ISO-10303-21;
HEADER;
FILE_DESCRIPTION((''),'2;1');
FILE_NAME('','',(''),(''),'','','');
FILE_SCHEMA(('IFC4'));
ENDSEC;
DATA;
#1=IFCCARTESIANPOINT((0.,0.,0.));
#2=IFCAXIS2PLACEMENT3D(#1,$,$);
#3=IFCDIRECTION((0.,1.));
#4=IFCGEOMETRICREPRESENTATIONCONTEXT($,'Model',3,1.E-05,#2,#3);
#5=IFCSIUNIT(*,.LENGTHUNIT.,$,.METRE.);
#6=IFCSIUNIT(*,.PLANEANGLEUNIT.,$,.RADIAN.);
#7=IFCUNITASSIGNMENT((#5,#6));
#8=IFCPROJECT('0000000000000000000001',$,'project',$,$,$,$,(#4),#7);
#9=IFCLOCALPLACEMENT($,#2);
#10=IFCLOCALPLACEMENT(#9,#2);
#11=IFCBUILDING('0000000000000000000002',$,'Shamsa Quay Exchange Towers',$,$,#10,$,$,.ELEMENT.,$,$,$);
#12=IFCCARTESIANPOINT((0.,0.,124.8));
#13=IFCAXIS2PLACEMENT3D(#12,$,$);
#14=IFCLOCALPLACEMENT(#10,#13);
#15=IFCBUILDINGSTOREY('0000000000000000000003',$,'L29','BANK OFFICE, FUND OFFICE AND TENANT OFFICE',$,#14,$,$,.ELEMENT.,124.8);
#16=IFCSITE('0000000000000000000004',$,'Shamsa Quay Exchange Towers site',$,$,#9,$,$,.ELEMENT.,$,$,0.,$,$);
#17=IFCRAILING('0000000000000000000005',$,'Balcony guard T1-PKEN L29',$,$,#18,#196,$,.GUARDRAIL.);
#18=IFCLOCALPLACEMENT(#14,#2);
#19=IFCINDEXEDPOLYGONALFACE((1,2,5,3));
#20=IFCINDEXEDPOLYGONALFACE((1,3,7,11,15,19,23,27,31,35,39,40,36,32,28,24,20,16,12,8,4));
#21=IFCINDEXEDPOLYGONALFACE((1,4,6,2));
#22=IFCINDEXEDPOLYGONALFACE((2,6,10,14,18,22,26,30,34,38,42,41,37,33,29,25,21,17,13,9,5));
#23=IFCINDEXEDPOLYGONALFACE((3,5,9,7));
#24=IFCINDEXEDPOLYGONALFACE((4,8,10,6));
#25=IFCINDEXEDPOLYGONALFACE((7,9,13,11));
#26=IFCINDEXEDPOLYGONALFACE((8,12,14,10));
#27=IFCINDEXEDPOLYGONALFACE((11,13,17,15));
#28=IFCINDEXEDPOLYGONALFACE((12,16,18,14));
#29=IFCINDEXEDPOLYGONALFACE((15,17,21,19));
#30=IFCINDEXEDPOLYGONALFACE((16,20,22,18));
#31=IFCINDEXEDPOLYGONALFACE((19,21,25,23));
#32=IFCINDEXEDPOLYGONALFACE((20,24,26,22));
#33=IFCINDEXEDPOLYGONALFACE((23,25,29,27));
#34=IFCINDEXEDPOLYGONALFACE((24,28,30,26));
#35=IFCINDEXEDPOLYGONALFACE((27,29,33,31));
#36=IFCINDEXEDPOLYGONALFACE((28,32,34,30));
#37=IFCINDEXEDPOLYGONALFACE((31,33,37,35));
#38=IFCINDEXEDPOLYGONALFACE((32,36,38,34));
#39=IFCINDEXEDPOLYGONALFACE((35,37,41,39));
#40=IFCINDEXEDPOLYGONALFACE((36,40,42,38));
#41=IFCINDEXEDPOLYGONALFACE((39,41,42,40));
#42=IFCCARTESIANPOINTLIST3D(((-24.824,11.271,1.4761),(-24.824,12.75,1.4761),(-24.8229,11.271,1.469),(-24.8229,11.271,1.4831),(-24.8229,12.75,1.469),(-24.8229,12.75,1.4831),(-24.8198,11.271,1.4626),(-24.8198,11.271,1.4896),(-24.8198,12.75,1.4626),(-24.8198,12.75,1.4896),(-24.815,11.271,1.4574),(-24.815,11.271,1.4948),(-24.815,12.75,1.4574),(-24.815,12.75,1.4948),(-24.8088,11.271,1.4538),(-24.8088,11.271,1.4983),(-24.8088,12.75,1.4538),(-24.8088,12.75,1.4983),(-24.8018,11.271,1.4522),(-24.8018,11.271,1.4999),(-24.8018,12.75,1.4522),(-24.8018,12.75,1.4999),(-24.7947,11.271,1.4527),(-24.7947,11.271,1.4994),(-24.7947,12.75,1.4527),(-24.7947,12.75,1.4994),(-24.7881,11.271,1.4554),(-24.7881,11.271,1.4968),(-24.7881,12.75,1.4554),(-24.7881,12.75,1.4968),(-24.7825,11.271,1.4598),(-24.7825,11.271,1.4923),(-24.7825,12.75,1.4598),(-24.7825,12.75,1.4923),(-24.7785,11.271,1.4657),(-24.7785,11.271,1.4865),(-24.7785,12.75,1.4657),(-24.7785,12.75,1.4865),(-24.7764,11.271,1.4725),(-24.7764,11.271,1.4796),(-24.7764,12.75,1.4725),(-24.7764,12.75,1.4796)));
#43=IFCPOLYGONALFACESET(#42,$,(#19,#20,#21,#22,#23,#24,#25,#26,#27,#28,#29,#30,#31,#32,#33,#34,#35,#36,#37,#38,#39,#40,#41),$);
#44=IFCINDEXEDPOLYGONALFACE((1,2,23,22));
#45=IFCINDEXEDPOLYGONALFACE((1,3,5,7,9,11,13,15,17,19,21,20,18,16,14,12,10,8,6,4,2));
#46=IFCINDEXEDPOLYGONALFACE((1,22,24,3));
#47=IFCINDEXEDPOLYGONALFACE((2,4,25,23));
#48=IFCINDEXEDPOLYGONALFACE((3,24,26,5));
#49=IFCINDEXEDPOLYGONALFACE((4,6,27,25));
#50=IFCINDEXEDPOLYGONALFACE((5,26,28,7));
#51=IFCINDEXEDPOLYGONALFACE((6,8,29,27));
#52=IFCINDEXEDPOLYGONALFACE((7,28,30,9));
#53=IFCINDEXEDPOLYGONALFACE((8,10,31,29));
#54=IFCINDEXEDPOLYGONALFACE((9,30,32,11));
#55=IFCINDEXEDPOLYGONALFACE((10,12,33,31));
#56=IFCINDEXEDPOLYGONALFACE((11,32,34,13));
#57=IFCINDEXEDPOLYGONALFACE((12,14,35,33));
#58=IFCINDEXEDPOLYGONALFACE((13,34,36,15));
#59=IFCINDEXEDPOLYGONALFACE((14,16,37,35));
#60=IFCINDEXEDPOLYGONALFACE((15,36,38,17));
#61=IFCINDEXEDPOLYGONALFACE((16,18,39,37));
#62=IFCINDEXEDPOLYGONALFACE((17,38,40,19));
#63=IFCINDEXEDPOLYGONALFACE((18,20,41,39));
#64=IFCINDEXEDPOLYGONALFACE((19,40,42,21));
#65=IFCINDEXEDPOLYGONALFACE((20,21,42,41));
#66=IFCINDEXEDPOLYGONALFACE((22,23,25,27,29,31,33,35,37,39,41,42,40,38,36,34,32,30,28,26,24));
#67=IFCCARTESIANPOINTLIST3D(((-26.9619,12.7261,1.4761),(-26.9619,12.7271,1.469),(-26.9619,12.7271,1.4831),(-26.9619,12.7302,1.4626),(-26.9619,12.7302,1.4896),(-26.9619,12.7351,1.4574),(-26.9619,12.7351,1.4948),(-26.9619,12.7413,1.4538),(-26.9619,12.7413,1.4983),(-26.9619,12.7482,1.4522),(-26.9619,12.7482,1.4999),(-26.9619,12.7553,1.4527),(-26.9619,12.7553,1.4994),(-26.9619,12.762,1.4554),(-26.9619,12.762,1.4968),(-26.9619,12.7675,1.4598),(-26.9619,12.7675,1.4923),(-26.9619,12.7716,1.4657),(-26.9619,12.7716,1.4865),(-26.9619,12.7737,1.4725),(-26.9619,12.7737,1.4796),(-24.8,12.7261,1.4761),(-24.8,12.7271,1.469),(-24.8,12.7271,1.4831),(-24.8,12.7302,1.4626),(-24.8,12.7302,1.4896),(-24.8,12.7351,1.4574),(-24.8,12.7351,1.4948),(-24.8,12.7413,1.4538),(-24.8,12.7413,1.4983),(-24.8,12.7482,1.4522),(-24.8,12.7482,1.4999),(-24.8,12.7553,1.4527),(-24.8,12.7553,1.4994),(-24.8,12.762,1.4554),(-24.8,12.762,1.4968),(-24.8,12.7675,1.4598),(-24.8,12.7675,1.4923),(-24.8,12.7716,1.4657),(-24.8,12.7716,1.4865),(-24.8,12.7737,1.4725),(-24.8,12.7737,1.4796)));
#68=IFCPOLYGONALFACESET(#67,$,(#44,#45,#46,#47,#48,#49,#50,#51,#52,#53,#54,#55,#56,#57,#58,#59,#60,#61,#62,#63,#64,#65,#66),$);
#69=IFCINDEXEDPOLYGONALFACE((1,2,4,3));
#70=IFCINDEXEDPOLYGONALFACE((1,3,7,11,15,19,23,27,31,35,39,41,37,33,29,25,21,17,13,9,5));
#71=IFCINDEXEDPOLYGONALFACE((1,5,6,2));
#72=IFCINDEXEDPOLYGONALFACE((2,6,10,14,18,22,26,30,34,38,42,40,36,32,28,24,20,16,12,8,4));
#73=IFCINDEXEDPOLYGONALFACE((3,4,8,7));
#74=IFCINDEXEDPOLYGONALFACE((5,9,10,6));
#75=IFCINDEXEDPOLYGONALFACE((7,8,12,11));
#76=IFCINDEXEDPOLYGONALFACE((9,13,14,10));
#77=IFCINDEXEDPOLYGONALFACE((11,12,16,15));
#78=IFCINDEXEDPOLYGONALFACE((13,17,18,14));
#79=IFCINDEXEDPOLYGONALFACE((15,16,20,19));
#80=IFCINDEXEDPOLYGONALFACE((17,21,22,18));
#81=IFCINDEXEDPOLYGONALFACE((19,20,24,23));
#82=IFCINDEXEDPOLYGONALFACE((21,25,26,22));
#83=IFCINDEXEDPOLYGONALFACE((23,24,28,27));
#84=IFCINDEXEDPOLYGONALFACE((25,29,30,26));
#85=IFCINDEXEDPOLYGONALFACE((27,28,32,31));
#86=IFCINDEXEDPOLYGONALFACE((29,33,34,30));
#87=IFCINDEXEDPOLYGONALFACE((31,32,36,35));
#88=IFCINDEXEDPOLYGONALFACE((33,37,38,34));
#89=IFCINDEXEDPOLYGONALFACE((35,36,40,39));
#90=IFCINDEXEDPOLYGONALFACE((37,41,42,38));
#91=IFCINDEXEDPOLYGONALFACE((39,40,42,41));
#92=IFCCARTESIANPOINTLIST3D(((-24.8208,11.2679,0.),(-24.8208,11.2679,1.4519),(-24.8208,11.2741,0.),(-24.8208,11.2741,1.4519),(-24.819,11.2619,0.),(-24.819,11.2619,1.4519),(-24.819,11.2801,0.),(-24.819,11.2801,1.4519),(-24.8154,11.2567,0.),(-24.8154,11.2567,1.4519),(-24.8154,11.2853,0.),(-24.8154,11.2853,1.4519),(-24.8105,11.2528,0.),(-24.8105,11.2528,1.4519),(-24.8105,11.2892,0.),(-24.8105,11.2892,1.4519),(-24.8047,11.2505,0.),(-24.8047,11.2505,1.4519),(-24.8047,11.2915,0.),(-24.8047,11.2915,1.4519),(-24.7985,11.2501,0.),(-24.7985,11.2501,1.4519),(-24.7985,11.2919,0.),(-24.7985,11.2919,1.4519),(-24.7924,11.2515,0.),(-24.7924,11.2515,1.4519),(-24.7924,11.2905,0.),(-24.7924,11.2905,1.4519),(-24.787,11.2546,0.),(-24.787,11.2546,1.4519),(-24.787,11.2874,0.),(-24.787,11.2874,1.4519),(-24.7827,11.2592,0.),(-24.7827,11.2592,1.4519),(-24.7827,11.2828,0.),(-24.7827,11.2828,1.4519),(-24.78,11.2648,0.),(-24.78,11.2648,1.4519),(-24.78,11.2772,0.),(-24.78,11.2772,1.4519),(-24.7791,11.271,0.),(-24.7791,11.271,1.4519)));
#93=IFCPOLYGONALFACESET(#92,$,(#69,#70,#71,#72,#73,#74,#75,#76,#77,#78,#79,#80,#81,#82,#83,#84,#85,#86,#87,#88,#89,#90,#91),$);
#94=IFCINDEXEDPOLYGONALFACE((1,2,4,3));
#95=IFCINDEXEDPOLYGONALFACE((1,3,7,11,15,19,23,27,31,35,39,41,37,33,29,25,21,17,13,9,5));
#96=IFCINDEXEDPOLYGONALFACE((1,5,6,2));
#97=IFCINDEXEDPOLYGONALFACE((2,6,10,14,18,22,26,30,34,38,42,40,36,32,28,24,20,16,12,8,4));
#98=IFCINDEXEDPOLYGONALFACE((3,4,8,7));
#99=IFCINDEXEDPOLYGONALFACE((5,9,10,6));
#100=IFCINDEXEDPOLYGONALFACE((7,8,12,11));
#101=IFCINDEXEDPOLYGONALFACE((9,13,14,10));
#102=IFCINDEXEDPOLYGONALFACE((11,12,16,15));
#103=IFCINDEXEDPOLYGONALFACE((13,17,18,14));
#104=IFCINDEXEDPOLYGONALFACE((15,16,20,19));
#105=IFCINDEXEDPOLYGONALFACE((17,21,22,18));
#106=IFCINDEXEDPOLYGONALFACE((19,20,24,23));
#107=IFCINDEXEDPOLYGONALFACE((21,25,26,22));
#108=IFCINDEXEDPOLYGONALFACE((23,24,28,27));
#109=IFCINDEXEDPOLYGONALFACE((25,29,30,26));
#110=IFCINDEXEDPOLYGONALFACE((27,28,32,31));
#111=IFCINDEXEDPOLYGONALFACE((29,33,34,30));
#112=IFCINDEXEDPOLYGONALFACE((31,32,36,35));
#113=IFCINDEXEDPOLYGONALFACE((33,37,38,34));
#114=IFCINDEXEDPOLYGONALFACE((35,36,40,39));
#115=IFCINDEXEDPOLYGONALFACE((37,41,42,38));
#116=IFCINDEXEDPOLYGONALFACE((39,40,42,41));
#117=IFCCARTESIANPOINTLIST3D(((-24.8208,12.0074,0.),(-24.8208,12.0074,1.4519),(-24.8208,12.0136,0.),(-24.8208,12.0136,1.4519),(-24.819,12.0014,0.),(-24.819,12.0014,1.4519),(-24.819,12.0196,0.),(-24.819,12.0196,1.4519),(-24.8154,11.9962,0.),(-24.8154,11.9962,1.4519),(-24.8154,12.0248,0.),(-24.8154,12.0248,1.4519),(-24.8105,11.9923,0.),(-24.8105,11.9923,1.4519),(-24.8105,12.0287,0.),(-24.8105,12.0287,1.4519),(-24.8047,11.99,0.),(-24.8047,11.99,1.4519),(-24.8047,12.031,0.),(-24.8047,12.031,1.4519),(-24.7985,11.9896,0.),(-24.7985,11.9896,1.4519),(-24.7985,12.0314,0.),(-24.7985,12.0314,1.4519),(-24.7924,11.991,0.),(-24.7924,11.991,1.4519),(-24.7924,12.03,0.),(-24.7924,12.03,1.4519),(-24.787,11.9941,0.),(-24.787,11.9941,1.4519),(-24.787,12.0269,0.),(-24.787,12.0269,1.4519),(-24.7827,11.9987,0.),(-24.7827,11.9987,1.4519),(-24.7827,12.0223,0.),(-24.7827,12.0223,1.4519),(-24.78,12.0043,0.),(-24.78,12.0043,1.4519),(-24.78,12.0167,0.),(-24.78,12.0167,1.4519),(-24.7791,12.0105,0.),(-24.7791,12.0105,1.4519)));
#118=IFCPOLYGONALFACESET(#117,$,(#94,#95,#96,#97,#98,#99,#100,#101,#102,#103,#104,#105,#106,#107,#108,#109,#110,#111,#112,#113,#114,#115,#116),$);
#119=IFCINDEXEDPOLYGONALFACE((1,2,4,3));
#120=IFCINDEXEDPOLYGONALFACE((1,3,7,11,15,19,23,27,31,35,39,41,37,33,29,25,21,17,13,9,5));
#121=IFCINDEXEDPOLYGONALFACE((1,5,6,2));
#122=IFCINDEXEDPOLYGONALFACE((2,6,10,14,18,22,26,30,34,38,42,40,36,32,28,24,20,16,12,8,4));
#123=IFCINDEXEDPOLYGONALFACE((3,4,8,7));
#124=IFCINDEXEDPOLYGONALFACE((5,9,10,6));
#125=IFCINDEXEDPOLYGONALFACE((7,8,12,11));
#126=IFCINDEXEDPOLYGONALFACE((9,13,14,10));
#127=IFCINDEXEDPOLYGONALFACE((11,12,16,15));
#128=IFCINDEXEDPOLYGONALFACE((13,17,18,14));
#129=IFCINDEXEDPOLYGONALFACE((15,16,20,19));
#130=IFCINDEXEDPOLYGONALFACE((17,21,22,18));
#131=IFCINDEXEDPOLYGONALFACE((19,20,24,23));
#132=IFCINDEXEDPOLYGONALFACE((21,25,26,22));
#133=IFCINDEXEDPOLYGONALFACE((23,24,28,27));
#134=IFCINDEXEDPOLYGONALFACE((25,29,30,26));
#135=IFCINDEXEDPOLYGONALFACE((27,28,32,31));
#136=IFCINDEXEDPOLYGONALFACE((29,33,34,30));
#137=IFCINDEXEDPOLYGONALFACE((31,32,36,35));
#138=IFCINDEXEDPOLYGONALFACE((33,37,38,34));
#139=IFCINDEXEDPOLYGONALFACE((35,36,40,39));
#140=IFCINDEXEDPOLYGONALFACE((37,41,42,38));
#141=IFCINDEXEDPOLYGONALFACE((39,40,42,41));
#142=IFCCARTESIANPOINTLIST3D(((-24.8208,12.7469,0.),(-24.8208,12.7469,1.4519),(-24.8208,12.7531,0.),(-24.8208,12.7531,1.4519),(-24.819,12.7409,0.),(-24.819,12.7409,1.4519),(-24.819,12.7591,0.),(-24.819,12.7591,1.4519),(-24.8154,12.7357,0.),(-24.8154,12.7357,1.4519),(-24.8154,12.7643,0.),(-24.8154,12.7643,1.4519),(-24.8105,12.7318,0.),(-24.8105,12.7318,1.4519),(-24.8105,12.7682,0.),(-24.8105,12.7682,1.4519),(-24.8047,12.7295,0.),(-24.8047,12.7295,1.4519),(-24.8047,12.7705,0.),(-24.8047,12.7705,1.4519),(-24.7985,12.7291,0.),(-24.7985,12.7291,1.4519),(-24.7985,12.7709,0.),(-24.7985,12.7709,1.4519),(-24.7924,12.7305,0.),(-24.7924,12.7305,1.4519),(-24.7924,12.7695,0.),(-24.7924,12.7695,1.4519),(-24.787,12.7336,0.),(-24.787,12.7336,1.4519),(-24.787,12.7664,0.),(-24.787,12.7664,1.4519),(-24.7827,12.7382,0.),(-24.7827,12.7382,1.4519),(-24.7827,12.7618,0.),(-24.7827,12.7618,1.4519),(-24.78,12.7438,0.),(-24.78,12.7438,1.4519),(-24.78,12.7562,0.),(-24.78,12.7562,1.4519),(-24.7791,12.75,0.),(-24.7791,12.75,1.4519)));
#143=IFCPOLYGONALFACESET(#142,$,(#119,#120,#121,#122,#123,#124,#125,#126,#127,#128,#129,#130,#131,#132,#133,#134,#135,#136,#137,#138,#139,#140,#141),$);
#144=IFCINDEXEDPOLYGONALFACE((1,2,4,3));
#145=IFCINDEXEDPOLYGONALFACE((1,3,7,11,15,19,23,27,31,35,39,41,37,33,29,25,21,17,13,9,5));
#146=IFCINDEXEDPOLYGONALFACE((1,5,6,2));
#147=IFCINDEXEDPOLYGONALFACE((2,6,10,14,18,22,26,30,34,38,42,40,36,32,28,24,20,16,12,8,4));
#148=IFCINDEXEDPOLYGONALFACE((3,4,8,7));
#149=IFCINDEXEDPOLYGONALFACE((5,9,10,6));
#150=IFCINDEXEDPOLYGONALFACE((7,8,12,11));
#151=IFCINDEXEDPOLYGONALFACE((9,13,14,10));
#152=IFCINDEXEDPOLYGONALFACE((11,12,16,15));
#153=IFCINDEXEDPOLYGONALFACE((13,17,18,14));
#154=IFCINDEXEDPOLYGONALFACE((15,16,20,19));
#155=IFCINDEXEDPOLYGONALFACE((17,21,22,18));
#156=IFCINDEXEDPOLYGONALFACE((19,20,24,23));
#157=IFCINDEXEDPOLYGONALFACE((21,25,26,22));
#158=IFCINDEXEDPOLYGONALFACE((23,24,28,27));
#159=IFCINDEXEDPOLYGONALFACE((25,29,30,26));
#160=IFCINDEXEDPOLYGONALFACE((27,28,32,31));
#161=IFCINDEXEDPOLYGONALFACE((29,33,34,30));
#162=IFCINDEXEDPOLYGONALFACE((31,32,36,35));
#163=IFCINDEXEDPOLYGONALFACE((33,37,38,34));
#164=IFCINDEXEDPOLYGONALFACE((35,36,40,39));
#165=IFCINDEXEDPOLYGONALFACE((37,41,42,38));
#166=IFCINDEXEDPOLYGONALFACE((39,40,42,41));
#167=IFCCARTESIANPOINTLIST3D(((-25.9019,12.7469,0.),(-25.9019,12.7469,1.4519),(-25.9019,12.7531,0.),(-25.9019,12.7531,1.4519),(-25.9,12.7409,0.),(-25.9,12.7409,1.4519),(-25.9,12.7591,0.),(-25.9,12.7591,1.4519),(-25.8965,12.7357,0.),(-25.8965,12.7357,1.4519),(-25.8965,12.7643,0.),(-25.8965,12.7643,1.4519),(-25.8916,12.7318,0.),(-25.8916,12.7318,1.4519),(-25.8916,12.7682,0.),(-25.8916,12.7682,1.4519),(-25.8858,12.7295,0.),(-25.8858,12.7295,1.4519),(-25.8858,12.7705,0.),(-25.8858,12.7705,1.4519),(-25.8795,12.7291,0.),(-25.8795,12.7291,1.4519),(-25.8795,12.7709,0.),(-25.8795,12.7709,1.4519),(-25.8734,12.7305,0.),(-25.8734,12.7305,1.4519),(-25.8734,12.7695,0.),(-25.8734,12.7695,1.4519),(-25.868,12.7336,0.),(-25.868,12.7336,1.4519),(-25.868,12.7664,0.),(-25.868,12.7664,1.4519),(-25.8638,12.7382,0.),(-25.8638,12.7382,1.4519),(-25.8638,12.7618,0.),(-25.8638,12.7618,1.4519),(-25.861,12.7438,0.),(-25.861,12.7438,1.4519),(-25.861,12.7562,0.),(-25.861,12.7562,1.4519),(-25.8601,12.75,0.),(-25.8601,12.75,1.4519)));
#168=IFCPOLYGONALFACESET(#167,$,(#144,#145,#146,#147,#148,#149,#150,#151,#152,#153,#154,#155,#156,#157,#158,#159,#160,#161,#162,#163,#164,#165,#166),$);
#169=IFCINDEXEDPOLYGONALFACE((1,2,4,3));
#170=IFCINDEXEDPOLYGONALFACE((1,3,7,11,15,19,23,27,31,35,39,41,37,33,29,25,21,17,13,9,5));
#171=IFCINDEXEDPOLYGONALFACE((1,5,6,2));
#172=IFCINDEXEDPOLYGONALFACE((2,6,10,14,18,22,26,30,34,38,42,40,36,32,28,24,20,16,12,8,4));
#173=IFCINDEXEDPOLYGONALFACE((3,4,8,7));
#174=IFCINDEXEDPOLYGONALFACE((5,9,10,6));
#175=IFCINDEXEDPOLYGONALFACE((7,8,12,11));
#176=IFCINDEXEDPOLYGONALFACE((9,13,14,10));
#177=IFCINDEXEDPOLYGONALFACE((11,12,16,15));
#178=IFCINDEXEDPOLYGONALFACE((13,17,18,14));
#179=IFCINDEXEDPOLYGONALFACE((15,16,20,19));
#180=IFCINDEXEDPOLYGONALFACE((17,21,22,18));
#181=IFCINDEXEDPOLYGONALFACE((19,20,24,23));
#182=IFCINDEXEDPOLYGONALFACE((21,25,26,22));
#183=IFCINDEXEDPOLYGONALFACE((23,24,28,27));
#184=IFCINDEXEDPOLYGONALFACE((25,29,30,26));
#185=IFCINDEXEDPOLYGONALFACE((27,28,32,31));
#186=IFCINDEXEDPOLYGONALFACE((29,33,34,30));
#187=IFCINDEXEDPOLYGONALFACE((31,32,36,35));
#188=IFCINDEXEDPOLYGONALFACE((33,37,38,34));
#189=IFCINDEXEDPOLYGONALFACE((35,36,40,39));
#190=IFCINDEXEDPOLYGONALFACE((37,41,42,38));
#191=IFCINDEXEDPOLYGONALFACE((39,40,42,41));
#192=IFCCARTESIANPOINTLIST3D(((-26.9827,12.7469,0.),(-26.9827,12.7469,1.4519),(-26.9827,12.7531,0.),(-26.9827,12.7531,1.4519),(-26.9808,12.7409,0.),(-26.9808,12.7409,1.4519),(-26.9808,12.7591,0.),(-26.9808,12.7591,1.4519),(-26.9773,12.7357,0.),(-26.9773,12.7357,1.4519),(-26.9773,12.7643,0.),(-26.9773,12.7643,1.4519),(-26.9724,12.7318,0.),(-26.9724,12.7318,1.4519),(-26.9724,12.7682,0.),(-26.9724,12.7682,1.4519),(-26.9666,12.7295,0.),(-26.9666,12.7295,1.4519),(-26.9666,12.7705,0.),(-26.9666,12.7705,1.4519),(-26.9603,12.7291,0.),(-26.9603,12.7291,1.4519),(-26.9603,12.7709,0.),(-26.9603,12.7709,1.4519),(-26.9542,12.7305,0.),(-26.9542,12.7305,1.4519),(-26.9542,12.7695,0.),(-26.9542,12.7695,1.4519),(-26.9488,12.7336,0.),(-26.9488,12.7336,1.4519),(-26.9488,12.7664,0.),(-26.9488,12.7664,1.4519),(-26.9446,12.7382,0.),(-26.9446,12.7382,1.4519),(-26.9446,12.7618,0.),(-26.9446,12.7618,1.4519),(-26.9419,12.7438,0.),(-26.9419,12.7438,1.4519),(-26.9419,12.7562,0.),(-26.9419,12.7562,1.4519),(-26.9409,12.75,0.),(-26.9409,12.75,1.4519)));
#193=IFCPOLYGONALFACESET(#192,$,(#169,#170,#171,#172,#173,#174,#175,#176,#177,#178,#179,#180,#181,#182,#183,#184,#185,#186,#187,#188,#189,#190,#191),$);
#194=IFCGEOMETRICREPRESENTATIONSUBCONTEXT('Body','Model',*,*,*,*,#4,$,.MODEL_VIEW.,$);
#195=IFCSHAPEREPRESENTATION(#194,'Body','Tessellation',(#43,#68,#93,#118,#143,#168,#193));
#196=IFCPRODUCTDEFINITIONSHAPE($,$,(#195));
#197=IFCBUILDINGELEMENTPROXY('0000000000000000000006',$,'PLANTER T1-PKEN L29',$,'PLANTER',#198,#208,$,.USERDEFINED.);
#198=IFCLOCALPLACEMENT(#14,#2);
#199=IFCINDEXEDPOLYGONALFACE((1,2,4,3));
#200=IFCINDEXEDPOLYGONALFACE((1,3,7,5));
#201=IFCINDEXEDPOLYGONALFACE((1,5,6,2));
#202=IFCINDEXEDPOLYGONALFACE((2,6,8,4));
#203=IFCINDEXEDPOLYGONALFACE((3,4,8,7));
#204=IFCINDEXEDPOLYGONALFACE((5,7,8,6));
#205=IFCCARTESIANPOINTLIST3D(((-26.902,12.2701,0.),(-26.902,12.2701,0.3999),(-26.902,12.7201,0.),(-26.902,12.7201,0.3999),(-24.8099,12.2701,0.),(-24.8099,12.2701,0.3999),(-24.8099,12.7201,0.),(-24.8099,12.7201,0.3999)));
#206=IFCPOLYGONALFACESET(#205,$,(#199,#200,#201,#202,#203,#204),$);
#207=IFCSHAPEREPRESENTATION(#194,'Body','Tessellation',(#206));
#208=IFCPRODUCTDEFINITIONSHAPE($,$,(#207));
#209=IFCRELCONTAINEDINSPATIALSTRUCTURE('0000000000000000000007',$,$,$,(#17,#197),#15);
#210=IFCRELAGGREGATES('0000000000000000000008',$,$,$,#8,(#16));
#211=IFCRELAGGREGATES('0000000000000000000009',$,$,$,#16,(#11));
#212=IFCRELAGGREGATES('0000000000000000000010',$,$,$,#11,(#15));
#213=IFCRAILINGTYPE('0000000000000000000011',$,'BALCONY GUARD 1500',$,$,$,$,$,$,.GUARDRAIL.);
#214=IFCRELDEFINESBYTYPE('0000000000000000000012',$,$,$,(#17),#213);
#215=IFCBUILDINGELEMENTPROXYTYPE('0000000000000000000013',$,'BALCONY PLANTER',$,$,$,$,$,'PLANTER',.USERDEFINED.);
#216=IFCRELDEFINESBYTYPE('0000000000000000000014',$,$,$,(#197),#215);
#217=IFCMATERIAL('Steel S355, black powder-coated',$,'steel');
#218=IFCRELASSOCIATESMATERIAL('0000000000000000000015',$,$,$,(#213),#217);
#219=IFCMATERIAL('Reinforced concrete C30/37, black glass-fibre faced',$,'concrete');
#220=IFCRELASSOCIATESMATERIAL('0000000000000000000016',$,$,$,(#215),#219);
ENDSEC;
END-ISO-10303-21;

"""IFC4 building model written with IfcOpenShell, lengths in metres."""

from ifc_helpers import new_model, si_unit, direction, frame, origin, origin_2d, place, context, subcontext, project, spatial, rectangle, circle, extrude, material, type_object, element, save


model = new_model("IFC4")

# Units and contexts
model_context = context("Model", 3, precision=1e-05, world=origin(), true_north=direction((0.0, 1.0)))
body_context = subcontext(model_context, "Body", "Model", "MODEL_VIEW")
ifc_project = project(units=[si_unit("LENGTHUNIT", "METRE"), si_unit("PLANEANGLEUNIT", "RADIAN")], contexts=[model_context])

# Site, building, storey
site_placement = place(None, origin())
site = spatial("IfcSite", under=ifc_project, at=site_placement, Name="Shamsa Quay Exchange Towers site", CompositionType="ELEMENT", RefElevation=0.0)
building_placement = place(site_placement, origin())
building = spatial("IfcBuilding", under=site, at=building_placement, Name="Shamsa Quay Exchange Towers", CompositionType="ELEMENT")
storey_placement = place(building_placement, frame((0.0, 0.0, 124.8)))
storey = spatial("IfcBuildingStorey", under=building, at=storey_placement, Name="L29", Description="BANK OFFICE, FUND OFFICE AND TENANT OFFICE", CompositionType="ELEMENT", Elevation=124.8)

# Railing
ifc_material_1 = material(Name="Steel S355, black powder-coated", Category="steel")
railing_type = type_object("IfcRailingType", Name="BALCONY GUARD 1500", PredefinedType="GUARDRAIL", material=ifc_material_1)
railing_placement = place(storey_placement, frame((-24.8, 11.271, 0.0)))
element("IfcRailing", 1, at=railing_placement, inside=storey, type_object=railing_type, Name="Balcony guard T1-PKEN L29", PredefinedType="GUARDRAIL", context=body_context, shape_type="SweptSolid", body=[
    extrude(circle(Radius=0.0239, at=origin_2d()), frame((0.0, 0.0, 1.4761), z_axis=(0.0, 1.0, 0.0), x_axis=(-1.0, 0.0, 0.0)), (0.0, 0.0, 1.0), 1.479),
    extrude(circle(Radius=0.0239, at=origin_2d()), frame((0.0, 1.479, 1.4761), z_axis=(-1.0, 0.0, 0.0), x_axis=(0.0, -1.0, 0.0)), (0.0, 0.0, 1.0), 2.1619),
    extrude(circle(Radius=0.021, at=origin_2d()), origin(), (0.0, 0.0, 1.0), 1.4519),
    extrude(circle(Radius=0.021, at=origin_2d()), frame((0.0, 0.7395, 0.0)), (0.0, 0.0, 1.0), 1.4519),
    extrude(circle(Radius=0.021, at=origin_2d()), frame((0.0, 1.479, 0.0)), (0.0, 0.0, 1.0), 1.4519),
    extrude(circle(Radius=0.021, at=origin_2d()), frame((-1.0811, 1.479, 0.0)), (0.0, 0.0, 1.0), 1.4519),
    extrude(circle(Radius=0.021, at=origin_2d()), frame((-2.1619, 1.479, 0.0)), (0.0, 0.0, 1.0), 1.4519),
])

# Building element proxy
ifc_material_2 = material(Name="Reinforced concrete C30/37, black glass-fibre faced", Category="concrete")
building_element_proxy_type = type_object("IfcBuildingElementProxyType", Name="BALCONY PLANTER", ElementType="PLANTER", PredefinedType="USERDEFINED", material=ifc_material_2)
proxy_placement = place(storey_placement, frame((-25.856, 12.4951, 0.0), z_axis=(0.0, 0.0, 1.0), x_axis=(-1.0, 0.0, 0.0)))
element("IfcBuildingElementProxy", 2, at=proxy_placement, inside=storey, type_object=building_element_proxy_type, Name="PLANTER T1-PKEN L29", ObjectType="PLANTER", PredefinedType="USERDEFINED", context=body_context, shape_type="SweptSolid", body=[
    extrude(rectangle(XDim=2.092, YDim=0.45, at=origin_2d()), origin(), (0.0, 0.0, 1.0), 0.3999),
])

save(model, "model.ifc")
